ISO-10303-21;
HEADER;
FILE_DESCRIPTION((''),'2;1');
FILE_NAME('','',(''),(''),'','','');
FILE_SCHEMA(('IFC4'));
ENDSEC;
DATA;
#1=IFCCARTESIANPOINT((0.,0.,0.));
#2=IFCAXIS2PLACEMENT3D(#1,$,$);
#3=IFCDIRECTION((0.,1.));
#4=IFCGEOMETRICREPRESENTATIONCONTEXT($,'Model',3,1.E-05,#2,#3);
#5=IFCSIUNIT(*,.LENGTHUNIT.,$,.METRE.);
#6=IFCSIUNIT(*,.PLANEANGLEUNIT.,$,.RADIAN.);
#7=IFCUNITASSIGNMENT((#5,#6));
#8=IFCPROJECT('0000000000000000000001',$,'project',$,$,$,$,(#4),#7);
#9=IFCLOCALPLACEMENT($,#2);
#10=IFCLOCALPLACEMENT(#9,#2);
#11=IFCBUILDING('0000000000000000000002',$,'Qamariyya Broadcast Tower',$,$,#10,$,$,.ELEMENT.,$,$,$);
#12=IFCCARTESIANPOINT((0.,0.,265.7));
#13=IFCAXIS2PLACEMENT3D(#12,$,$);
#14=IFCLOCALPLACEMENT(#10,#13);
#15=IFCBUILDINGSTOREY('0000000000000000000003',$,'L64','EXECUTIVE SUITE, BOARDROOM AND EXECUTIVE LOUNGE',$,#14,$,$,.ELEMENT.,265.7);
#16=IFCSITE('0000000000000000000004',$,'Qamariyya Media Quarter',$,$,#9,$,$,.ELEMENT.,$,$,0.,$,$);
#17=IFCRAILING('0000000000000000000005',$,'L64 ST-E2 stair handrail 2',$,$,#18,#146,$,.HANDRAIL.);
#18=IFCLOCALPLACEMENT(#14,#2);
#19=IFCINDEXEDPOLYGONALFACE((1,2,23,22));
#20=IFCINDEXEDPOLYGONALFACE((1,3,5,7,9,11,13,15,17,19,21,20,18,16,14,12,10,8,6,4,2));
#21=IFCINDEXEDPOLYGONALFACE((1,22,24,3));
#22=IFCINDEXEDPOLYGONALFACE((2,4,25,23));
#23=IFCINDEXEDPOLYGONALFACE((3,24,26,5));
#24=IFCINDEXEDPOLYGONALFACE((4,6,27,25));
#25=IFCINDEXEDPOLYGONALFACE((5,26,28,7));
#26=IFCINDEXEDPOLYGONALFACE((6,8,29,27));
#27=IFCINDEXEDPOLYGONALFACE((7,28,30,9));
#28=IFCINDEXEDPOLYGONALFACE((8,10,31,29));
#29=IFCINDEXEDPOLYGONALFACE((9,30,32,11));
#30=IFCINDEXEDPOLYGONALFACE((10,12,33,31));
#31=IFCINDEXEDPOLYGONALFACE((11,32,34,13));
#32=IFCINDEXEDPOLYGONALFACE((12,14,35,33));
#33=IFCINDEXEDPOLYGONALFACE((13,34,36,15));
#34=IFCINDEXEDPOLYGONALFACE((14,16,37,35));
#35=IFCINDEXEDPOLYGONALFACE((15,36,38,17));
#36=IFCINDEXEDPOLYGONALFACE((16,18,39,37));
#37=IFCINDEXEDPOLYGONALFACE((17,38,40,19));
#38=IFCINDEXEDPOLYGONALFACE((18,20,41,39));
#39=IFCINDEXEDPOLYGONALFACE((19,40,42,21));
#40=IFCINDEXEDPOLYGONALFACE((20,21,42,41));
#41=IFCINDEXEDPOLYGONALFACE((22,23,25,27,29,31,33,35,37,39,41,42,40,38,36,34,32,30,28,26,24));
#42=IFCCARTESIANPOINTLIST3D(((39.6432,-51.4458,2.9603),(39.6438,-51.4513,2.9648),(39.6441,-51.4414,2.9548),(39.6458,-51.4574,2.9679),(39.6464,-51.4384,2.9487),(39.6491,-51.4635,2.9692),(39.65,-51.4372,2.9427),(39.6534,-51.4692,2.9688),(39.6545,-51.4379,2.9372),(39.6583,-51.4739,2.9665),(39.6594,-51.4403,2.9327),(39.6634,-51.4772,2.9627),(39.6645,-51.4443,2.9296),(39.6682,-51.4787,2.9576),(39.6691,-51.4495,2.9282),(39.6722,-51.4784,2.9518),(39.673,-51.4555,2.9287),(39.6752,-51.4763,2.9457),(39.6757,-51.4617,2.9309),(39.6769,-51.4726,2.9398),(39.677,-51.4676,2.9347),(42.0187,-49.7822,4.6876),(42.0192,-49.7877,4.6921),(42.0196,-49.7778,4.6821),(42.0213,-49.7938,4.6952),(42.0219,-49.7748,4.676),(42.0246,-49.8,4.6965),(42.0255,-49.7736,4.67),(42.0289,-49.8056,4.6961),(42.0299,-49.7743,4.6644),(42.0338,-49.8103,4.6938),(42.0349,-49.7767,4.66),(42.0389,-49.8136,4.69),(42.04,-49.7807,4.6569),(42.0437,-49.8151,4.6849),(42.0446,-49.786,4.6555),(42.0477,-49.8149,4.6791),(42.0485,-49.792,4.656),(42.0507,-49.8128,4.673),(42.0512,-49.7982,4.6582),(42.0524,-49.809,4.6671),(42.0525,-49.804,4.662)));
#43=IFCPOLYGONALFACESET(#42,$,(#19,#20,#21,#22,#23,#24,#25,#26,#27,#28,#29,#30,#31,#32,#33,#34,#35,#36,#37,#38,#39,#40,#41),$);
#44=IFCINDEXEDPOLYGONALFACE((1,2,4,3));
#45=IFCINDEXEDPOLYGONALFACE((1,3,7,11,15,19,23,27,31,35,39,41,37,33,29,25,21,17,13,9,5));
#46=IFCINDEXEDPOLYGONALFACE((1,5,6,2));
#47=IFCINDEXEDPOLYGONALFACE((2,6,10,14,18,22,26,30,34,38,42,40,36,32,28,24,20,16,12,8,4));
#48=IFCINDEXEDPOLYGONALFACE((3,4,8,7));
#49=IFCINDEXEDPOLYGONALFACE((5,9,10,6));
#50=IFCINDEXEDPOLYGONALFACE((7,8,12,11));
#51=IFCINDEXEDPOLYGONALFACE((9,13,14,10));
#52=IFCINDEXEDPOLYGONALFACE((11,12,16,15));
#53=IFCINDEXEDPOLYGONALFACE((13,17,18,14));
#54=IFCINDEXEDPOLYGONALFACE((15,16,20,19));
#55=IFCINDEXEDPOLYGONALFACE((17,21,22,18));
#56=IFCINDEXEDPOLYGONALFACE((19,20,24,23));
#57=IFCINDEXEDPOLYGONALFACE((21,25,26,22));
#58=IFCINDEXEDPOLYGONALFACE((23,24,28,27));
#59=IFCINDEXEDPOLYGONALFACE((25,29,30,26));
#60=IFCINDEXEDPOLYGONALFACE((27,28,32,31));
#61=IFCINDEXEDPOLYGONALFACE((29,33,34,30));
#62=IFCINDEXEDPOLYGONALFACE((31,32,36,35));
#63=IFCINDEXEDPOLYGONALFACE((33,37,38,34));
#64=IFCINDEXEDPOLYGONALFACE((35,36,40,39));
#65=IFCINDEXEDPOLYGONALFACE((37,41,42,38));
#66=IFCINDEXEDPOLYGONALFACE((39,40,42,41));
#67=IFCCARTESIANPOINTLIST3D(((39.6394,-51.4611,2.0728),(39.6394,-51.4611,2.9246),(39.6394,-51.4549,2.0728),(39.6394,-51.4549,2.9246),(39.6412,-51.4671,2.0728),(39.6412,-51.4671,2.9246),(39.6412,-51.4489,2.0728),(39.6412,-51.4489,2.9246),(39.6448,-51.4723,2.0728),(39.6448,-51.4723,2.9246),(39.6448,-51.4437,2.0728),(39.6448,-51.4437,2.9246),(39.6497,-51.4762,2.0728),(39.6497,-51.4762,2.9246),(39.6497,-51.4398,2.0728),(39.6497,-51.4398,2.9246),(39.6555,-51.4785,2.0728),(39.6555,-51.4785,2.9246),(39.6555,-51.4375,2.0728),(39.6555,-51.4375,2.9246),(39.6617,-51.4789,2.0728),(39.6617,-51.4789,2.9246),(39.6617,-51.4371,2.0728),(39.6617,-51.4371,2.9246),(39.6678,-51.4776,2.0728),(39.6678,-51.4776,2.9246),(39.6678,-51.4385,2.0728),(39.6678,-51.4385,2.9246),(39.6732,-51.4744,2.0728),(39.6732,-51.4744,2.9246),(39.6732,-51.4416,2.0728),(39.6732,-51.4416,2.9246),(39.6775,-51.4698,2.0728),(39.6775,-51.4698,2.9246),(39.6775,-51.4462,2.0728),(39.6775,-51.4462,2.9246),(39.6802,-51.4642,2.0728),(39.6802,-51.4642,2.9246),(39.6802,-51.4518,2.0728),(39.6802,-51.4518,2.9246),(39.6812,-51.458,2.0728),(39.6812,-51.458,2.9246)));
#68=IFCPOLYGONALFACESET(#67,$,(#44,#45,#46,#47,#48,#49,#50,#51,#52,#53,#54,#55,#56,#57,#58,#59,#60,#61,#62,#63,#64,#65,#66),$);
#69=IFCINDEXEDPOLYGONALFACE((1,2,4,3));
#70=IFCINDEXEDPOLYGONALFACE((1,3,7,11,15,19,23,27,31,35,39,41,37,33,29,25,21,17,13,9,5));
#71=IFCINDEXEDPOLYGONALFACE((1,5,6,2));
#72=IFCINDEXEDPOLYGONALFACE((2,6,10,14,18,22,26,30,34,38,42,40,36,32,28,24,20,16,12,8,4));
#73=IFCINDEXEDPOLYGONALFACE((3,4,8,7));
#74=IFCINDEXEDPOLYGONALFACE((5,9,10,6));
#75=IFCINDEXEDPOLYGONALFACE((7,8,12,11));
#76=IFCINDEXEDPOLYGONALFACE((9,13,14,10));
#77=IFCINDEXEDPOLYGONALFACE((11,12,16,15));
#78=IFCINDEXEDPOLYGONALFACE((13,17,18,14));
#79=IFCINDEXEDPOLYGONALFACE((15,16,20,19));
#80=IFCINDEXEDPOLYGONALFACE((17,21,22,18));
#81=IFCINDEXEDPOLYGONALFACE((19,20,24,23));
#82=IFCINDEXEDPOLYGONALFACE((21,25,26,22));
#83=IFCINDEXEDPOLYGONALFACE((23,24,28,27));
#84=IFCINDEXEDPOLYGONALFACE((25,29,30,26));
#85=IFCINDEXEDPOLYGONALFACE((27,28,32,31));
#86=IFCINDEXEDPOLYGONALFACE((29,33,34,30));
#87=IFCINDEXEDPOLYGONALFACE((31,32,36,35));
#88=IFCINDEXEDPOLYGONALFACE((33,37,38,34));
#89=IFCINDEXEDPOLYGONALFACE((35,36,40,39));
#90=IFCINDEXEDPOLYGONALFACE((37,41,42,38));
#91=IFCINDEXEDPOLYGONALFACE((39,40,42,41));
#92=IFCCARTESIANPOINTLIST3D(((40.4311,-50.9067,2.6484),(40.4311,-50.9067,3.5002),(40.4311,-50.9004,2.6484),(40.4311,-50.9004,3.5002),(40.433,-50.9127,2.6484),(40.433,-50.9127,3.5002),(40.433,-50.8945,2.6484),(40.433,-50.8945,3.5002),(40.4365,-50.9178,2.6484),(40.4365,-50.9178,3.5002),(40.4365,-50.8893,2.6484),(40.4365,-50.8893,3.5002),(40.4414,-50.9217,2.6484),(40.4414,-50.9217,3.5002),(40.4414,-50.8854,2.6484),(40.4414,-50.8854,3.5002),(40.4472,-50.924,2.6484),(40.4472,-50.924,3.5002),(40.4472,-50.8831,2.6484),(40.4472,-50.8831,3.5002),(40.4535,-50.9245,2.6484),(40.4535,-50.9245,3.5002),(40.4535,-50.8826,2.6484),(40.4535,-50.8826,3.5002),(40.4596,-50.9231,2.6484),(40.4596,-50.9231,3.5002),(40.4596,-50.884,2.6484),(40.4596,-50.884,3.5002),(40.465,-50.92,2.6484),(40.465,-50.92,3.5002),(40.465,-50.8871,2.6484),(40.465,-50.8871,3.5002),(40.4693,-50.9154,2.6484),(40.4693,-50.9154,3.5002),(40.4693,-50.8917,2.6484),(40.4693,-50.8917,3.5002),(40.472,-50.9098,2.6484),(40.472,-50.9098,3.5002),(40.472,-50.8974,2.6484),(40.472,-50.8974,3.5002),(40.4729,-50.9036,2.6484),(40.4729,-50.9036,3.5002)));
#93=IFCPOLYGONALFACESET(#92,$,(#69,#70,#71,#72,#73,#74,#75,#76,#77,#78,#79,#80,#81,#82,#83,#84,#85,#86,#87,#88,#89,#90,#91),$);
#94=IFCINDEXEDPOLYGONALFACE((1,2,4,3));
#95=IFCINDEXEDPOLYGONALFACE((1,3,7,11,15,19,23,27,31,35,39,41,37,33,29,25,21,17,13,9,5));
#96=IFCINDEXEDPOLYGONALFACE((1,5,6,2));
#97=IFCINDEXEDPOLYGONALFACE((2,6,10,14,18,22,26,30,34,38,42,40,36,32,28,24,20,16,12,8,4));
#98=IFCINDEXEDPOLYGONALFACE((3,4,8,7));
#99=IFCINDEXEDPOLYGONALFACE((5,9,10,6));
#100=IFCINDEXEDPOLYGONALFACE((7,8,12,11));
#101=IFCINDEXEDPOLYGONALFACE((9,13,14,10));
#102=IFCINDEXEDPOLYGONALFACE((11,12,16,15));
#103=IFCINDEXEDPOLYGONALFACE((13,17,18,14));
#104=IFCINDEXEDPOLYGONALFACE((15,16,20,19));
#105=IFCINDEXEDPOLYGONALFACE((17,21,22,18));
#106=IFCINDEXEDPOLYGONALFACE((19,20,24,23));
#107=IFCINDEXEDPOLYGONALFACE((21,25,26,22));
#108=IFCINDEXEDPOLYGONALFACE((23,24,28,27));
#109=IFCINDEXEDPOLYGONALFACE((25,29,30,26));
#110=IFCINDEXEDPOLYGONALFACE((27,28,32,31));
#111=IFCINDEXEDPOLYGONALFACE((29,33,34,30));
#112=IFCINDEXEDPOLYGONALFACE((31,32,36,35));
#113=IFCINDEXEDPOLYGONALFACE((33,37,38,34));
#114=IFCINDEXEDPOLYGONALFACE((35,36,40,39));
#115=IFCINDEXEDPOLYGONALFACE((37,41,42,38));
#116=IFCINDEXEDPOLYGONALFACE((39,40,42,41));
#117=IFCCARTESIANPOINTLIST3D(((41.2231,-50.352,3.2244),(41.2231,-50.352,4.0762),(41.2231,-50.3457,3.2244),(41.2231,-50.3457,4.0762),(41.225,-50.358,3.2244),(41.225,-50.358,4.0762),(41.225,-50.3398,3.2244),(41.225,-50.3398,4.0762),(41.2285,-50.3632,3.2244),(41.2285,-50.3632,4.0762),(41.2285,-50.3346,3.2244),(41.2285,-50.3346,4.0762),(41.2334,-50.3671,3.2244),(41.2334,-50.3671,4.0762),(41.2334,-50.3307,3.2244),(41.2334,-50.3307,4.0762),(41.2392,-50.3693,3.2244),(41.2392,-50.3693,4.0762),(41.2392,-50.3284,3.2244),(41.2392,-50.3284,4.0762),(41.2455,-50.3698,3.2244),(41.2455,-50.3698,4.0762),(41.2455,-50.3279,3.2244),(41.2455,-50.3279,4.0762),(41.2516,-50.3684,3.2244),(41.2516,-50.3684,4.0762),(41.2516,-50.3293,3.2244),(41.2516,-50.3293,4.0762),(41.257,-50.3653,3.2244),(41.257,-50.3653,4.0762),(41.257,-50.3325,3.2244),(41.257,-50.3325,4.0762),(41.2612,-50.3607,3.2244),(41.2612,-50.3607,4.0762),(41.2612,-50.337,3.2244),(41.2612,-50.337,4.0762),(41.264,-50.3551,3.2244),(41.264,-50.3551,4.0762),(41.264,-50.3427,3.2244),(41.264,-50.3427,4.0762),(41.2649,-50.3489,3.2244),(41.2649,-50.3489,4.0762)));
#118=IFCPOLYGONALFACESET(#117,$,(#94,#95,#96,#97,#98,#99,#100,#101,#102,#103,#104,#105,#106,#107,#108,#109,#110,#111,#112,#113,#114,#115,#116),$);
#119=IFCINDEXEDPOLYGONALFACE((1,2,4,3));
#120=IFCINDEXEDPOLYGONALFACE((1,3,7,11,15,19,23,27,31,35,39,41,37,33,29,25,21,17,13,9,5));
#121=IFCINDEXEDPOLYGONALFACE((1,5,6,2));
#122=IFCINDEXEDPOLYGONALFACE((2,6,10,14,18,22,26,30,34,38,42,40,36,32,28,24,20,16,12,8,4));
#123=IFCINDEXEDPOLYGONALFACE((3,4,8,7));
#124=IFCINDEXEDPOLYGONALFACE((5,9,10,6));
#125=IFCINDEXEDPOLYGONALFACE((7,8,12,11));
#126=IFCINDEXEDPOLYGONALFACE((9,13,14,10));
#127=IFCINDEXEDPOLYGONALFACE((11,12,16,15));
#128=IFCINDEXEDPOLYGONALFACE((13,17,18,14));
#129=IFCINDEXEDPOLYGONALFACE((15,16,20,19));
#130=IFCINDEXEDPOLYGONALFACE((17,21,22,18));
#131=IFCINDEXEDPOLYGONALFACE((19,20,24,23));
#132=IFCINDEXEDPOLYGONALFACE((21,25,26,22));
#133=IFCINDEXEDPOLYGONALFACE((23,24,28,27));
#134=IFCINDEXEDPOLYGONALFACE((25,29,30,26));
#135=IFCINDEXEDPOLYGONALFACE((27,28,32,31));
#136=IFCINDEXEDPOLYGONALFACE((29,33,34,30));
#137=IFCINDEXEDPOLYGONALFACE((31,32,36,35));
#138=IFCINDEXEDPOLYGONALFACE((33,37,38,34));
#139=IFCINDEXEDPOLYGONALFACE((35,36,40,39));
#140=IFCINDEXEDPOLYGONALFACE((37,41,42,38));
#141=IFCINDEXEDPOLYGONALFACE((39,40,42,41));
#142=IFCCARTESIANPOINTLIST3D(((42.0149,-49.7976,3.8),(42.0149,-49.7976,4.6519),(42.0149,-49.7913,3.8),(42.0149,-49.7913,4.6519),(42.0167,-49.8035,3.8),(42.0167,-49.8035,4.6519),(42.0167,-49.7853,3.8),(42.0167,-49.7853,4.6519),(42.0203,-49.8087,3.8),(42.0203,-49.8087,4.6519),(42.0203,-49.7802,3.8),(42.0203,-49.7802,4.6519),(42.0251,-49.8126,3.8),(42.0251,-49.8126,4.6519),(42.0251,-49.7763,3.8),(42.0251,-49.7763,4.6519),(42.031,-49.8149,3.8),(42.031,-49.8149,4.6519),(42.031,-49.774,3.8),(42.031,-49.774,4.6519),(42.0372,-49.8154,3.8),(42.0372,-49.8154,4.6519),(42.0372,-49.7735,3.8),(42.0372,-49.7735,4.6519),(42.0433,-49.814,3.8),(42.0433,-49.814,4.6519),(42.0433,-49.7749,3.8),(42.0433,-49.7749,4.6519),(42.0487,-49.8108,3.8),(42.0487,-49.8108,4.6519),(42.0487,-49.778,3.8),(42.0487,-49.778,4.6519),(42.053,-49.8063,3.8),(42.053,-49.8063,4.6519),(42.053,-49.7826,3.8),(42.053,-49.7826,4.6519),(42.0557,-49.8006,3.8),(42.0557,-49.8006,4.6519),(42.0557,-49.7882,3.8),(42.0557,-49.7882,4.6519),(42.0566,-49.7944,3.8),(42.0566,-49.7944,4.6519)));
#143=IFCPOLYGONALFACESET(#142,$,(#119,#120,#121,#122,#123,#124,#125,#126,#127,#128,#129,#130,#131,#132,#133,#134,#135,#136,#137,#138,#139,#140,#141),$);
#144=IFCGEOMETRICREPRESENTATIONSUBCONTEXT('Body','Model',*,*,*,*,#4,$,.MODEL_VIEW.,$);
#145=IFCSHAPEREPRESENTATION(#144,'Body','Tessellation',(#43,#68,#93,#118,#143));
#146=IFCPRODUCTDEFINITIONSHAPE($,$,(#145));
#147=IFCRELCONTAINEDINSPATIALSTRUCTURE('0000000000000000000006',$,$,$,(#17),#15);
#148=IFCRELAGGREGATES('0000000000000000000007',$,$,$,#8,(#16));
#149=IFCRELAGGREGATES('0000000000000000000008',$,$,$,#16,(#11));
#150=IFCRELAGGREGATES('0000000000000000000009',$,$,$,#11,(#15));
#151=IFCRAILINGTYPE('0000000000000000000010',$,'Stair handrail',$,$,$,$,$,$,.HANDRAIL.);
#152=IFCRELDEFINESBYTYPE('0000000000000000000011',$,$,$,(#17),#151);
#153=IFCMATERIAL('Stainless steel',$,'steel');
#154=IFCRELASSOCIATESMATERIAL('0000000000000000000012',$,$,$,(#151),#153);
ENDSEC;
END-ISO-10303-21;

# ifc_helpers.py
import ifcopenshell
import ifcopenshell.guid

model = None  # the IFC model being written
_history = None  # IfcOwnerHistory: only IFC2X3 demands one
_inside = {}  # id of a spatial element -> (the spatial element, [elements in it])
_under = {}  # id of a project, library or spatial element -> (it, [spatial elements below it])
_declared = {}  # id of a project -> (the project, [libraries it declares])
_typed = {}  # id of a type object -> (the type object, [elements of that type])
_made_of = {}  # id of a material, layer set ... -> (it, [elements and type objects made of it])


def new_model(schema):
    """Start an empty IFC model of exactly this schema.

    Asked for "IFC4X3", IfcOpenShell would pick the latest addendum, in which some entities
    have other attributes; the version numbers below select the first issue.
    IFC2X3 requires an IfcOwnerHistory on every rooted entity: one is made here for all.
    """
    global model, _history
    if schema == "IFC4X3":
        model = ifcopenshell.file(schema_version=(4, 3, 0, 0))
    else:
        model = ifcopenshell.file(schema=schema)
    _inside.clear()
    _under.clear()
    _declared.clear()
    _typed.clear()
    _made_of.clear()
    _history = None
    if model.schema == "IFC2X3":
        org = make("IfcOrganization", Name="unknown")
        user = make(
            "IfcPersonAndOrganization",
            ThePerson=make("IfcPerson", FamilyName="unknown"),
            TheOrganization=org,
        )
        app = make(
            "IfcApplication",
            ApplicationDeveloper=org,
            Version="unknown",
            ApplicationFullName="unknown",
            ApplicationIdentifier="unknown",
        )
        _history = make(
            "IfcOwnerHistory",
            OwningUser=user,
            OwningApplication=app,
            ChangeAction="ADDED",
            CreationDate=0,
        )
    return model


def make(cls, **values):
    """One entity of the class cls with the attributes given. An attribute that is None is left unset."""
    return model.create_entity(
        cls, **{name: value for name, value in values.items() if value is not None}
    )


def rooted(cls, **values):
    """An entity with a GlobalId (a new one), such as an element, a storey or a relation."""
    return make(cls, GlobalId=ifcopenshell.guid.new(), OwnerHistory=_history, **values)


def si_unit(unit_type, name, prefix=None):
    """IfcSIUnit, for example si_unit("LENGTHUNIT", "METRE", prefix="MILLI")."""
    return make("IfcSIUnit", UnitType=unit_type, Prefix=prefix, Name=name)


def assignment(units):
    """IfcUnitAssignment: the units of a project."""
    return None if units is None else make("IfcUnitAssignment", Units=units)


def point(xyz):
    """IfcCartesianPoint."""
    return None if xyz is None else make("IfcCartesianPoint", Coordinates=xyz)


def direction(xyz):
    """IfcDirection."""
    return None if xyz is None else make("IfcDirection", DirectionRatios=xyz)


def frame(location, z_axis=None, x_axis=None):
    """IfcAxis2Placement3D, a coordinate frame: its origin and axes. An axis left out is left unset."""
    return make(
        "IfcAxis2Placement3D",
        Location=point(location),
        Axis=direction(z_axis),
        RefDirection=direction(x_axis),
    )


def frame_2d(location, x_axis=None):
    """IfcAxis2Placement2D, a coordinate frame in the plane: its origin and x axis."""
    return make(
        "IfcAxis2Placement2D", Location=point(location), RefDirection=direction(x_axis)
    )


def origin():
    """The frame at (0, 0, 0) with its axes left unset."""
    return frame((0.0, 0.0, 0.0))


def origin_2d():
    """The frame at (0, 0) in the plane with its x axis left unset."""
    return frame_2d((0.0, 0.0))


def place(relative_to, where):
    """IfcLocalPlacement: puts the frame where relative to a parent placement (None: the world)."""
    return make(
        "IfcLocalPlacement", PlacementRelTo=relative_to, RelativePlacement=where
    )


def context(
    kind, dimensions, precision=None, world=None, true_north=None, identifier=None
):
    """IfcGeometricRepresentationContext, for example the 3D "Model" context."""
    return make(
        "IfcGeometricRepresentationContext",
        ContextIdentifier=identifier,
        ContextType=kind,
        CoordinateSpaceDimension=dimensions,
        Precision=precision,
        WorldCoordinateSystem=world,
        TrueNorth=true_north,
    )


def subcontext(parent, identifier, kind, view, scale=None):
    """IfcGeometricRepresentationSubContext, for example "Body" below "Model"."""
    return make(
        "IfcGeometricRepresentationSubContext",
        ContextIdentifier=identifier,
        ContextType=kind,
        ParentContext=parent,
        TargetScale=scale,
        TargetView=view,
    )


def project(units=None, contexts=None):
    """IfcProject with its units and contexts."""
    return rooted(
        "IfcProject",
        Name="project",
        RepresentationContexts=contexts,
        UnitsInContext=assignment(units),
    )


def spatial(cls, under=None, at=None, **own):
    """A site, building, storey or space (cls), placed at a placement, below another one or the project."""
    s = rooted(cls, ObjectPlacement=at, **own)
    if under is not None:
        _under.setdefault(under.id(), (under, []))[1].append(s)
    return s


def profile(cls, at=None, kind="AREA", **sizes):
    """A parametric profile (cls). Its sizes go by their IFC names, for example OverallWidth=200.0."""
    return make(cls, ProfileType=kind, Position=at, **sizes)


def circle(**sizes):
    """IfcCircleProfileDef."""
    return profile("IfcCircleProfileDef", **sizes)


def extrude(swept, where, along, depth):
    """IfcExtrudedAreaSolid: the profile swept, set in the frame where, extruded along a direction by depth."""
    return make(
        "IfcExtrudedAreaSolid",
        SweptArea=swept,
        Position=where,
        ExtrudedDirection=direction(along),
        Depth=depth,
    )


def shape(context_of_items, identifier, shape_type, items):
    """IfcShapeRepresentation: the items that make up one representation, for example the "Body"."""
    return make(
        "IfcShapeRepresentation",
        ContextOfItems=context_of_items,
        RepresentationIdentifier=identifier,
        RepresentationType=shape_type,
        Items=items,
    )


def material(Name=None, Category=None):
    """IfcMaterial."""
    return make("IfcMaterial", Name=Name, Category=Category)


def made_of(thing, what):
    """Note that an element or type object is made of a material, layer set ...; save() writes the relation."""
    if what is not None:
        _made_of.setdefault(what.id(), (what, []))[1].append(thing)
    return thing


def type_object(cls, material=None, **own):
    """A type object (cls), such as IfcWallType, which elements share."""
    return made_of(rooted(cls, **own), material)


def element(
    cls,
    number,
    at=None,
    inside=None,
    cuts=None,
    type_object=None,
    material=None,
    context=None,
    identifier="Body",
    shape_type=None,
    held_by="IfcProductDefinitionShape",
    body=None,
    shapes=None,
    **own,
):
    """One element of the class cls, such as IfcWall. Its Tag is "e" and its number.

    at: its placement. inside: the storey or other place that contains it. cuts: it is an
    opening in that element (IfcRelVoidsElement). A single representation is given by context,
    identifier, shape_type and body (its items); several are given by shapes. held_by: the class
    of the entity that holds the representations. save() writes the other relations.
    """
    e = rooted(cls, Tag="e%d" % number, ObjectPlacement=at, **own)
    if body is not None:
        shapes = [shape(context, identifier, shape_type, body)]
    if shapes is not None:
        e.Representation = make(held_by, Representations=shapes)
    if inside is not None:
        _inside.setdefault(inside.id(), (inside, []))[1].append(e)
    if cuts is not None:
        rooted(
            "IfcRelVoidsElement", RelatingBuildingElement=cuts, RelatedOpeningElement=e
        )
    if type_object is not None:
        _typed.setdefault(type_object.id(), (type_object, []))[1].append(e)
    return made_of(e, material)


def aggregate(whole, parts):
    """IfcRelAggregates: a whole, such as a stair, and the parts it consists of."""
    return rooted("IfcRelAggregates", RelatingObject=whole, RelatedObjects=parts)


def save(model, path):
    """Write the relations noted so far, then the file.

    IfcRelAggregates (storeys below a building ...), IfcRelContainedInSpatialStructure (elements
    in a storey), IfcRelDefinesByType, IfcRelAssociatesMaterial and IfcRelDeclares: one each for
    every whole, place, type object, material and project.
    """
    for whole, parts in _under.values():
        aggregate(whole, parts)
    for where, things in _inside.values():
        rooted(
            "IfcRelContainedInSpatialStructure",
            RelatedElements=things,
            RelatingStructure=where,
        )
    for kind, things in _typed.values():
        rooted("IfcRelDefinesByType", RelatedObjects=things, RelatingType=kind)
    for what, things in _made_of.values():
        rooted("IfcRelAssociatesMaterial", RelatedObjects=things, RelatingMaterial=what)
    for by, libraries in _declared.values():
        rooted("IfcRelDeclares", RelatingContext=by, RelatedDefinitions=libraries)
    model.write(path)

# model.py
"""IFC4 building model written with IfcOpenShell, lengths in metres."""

from ifc_helpers import new_model, si_unit, direction, frame, origin, origin_2d, place, context, subcontext, project, spatial, circle, extrude, material, type_object, element, save


model = new_model("IFC4")

# Units and contexts
model_context = context("Model", 3, precision=1e-05, world=origin(), true_north=direction((0.0, 1.0)))
body_context = subcontext(model_context, "Body", "Model", "MODEL_VIEW")
ifc_project = project(units=[si_unit("LENGTHUNIT", "METRE"), si_unit("PLANEANGLEUNIT", "RADIAN")], contexts=[model_context])

# Site, building, storey
site_placement = place(None, origin())
site = spatial("IfcSite", under=ifc_project, at=site_placement, Name="Qamariyya Media Quarter", CompositionType="ELEMENT", RefElevation=0.0)
building_placement = place(site_placement, origin())
building = spatial("IfcBuilding", under=site, at=building_placement, Name="Qamariyya Broadcast Tower", CompositionType="ELEMENT")
storey_placement = place(building_placement, frame((0.0, 0.0, 265.7)))
storey = spatial("IfcBuildingStorey", under=building, at=storey_placement, Name="L64", Description="EXECUTIVE SUITE, BOARDROOM AND EXECUTIVE LOUNGE", CompositionType="ELEMENT", Elevation=265.7)

# Railing
ifc_material_1 = material(Name="Stainless steel", Category="steel")
railing_type_1 = type_object("IfcRailingType", Name="Stair handrail", PredefinedType="HANDRAIL", material=ifc_material_1)
railing_1_placement = place(storey_placement, frame((39.6602, -51.458, 2.0728)))
element("IfcRailing", 1, at=railing_1_placement, inside=storey, type_object=railing_type_1, Name="L64 ST-E2 stair handrail 2", PredefinedType="HANDRAIL", context=body_context, shape_type="SweptSolid", body=[
    extrude(circle(Radius=0.0239, at=origin_2d()), frame((0.0, 0.0, 0.876), z_axis=(0.703745, 0.492838, 0.511716), x_axis=(-0.573632, 0.819113, 0.0)), (0.0, 0.0, 1.0), 3.3755),
    extrude(circle(Radius=0.021, at=origin_2d()), origin(), (0.0, 0.0, 1.0), 0.8518),
    extrude(circle(Radius=0.021, at=origin_2d()), frame((0.7917, 0.5544, 0.5757)), (0.0, 0.0, 1.0), 0.8518),
    extrude(circle(Radius=0.021, at=origin_2d()), frame((1.5837, 1.1091, 1.1516)), (0.0, 0.0, 1.0), 0.8518),
    extrude(circle(Radius=0.021, at=origin_2d()), frame((2.3755, 1.6636, 1.7273)), (0.0, 0.0, 1.0), 0.8518),
])

save(model, "model.ifc")
